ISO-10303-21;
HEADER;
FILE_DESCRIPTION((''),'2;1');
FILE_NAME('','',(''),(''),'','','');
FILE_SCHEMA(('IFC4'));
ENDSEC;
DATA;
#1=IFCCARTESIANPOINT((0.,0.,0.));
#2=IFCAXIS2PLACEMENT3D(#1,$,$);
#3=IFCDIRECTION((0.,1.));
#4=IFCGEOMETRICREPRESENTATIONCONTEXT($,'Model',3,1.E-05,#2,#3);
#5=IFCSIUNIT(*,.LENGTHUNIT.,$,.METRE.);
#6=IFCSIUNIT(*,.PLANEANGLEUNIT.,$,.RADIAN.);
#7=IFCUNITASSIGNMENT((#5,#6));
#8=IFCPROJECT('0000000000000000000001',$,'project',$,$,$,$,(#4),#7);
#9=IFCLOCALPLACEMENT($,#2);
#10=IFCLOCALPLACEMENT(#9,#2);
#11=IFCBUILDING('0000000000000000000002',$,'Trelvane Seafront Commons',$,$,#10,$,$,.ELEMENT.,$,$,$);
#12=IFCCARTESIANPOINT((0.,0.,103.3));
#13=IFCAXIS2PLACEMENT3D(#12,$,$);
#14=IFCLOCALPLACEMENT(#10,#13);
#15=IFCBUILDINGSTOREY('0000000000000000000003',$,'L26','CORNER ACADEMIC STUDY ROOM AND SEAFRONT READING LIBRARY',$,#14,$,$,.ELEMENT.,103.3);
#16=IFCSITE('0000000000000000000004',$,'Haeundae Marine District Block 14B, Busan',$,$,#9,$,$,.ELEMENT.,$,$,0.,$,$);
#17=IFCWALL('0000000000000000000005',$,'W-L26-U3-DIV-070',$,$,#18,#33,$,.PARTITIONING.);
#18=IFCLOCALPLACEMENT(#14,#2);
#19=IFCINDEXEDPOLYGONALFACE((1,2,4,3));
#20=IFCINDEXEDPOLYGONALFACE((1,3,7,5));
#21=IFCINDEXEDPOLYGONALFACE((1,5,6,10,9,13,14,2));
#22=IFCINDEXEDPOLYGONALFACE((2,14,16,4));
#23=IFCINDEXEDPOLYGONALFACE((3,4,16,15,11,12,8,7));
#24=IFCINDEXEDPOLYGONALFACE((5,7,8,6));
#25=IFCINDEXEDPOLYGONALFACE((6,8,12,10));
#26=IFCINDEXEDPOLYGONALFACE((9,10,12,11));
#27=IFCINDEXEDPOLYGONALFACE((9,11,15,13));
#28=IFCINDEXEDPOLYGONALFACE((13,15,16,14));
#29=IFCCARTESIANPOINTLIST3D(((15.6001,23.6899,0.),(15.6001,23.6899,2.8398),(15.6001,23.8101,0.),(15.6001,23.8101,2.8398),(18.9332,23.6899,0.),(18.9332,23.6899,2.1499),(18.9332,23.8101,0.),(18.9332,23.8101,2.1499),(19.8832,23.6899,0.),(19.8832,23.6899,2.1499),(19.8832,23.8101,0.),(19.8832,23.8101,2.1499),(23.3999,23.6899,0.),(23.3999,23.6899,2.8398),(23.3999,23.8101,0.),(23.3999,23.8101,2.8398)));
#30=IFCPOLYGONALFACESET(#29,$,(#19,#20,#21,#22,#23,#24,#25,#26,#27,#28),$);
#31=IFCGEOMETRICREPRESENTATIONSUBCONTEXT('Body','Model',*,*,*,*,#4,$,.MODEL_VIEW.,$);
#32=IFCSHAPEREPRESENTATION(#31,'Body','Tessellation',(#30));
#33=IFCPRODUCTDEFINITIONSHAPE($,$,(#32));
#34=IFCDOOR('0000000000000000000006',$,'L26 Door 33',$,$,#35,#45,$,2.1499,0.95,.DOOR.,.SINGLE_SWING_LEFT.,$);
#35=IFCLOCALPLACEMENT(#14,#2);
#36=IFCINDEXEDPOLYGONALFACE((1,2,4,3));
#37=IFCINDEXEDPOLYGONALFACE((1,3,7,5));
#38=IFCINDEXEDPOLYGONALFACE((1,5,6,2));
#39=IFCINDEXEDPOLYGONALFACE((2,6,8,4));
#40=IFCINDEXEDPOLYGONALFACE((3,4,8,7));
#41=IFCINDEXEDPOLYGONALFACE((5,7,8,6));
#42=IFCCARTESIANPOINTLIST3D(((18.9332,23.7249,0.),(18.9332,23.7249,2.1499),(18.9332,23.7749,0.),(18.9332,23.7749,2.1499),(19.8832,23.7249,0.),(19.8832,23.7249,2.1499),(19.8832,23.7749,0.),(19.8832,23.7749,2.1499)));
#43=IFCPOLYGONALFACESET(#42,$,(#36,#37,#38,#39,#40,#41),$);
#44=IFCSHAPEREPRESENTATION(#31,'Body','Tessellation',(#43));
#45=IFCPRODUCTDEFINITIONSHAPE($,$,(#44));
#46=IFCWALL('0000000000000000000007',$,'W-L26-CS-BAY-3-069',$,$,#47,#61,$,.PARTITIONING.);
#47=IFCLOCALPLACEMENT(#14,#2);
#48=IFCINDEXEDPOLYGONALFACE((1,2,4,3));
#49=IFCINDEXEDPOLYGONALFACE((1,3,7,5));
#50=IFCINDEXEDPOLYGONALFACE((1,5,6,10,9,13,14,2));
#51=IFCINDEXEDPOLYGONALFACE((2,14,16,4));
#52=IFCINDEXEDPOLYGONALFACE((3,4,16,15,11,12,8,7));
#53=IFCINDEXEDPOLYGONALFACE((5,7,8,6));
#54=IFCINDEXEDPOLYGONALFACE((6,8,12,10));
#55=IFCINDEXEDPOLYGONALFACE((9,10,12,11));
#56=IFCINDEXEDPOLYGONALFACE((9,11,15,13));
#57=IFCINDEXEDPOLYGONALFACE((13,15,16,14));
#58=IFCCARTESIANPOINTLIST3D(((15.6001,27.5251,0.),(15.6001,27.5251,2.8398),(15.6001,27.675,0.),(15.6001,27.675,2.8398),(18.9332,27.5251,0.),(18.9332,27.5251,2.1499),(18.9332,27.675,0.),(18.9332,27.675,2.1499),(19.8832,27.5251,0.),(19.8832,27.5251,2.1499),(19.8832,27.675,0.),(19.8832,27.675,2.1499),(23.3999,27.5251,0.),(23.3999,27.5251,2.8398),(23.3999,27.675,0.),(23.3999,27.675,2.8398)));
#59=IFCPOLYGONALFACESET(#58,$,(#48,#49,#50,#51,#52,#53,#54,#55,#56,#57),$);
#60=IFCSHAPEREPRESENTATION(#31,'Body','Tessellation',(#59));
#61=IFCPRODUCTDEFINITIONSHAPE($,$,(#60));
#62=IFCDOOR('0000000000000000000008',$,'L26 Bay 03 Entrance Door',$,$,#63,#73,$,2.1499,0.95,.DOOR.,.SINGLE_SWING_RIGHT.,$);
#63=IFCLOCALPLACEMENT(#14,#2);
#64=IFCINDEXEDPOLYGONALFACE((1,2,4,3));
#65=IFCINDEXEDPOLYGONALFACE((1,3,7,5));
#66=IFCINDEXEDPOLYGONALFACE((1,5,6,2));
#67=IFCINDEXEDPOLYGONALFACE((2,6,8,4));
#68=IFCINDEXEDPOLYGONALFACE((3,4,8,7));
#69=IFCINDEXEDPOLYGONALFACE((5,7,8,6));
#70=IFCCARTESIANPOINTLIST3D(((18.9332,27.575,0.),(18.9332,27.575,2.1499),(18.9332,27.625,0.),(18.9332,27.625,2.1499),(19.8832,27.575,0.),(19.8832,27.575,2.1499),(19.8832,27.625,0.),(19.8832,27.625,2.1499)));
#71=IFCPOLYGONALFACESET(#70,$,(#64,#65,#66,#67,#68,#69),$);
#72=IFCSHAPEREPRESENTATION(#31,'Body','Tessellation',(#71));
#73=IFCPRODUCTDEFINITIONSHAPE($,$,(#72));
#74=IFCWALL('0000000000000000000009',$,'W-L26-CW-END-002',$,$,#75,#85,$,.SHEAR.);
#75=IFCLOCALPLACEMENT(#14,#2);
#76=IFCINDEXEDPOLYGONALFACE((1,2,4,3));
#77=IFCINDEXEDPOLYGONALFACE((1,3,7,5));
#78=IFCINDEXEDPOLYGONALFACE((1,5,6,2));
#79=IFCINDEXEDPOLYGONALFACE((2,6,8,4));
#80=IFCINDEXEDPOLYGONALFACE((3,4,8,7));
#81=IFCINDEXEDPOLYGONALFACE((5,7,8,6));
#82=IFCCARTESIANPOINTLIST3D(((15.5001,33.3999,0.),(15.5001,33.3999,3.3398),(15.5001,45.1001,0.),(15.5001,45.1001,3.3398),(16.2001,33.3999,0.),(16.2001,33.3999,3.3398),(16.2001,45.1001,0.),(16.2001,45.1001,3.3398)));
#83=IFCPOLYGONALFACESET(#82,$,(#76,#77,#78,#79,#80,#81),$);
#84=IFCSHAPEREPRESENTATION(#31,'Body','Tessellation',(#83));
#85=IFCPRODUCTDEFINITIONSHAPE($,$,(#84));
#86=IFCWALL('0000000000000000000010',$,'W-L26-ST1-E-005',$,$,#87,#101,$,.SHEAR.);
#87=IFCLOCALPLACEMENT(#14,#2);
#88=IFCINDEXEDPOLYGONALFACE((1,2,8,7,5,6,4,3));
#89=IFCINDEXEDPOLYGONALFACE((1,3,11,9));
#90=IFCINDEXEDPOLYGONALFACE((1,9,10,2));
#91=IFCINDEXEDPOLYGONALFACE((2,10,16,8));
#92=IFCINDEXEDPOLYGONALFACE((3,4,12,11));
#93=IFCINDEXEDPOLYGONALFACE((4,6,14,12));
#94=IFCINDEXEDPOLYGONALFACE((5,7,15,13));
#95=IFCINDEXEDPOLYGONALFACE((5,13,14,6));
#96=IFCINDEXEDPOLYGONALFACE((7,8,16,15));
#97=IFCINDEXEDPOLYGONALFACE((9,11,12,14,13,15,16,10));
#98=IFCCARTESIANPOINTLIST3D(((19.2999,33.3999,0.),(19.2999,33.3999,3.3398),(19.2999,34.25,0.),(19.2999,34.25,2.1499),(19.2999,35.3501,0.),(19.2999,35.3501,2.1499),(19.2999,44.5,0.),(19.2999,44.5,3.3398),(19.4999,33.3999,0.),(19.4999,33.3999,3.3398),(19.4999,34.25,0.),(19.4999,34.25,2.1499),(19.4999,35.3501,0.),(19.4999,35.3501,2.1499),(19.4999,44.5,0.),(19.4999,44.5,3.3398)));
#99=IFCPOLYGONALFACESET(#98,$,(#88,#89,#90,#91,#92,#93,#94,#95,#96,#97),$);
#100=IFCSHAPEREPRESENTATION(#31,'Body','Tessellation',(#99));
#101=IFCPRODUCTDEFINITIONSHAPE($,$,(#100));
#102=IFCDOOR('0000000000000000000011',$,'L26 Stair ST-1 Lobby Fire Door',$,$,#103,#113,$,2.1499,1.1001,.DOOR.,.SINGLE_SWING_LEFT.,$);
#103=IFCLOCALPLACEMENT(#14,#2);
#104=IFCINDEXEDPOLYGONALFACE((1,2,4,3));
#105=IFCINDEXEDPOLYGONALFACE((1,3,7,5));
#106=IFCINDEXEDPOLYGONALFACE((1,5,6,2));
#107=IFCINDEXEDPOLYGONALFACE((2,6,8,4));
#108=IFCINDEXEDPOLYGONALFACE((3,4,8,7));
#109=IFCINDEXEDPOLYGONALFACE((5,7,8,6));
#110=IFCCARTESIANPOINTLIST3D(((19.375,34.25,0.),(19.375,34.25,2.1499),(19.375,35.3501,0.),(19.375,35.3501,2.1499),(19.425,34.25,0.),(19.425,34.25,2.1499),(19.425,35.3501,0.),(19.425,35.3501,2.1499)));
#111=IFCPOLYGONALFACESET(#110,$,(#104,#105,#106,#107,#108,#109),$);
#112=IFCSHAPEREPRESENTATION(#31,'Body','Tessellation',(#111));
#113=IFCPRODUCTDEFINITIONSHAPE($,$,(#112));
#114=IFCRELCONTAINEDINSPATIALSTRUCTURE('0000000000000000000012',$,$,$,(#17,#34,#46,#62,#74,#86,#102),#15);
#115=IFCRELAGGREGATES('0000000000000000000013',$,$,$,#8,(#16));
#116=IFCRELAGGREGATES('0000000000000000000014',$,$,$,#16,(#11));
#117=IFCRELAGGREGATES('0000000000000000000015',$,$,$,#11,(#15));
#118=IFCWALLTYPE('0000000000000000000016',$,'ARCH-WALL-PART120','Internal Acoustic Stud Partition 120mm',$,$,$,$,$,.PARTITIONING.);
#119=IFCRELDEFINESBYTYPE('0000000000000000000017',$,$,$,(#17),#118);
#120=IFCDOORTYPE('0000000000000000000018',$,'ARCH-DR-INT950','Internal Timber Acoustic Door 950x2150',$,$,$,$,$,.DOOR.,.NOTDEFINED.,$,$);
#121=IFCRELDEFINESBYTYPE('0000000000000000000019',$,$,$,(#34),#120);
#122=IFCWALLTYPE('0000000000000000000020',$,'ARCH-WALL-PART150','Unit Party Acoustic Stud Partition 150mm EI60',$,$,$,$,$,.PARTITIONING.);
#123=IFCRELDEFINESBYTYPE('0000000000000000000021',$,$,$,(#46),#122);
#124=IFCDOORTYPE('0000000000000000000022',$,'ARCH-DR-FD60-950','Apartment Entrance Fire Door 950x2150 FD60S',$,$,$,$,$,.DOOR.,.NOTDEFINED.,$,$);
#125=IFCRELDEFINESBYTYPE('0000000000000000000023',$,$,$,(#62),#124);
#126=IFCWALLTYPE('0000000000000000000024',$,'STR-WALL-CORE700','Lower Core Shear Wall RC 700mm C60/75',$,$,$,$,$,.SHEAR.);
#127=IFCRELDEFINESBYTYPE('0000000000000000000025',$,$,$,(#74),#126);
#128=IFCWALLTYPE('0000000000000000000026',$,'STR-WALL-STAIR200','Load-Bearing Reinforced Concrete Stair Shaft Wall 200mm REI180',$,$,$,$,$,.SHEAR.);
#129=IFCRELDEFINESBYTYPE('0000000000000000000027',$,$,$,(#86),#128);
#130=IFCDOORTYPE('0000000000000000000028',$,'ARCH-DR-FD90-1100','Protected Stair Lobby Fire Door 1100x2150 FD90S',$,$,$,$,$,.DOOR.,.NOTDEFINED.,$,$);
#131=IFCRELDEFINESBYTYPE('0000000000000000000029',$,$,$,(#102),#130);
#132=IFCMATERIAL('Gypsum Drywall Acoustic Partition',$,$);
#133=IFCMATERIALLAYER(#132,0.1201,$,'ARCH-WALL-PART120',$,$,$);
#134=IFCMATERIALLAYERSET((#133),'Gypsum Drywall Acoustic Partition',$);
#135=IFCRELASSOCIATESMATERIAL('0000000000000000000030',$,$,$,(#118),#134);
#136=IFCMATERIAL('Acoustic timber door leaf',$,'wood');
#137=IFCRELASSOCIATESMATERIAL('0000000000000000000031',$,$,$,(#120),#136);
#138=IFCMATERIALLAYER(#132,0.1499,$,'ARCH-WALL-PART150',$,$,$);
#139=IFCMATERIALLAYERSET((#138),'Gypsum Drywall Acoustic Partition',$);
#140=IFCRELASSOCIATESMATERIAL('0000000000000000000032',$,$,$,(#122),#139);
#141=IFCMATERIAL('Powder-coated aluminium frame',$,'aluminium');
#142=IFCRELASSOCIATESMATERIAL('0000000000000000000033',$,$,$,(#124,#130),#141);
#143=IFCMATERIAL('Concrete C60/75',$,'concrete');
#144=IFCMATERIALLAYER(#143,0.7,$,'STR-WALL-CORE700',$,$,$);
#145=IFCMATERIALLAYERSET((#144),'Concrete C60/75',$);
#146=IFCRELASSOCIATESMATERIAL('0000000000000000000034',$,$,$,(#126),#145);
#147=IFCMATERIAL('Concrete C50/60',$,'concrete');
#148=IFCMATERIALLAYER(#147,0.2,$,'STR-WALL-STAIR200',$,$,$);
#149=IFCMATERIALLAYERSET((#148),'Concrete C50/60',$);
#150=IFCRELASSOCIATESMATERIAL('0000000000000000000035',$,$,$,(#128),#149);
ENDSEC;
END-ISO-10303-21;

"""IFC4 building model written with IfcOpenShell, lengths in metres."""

from ifc_helpers import new_model, si_unit, direction, frame, frame_2d, origin, place, context, subcontext, project, spatial, rectangle, extrude, source, transform, mapped, material, layer, layer_set, type_object, element, fill, save


model = new_model("IFC4")

# Units and contexts
model_context = context("Model", 3, precision=1e-05, world=origin(), true_north=direction((0.0, 1.0)))
body_context = subcontext(model_context, "Body", "Model", "MODEL_VIEW")
ifc_project = project(units=[si_unit("LENGTHUNIT", "METRE"), si_unit("PLANEANGLEUNIT", "RADIAN")], contexts=[model_context])

# Site, building, storey
site_placement = place(None, origin())
site = spatial("IfcSite", under=ifc_project, at=site_placement, Name="Haeundae Marine District Block 14B, Busan", CompositionType="ELEMENT", RefElevation=0.0)
building_placement = place(site_placement, origin())
building = spatial("IfcBuilding", under=site, at=building_placement, Name="Trelvane Seafront Commons", CompositionType="ELEMENT")
storey_placement = place(building_placement, frame((0.0, 0.0, 103.3)))
storey = spatial("IfcBuildingStorey", under=building, at=storey_placement, Name="L26", Description="CORNER ACADEMIC STUDY ROOM AND SEAFRONT READING LIBRARY", CompositionType="ELEMENT", Elevation=103.3)

# Shared definitions
ifc_material_1 = material(Name="Concrete C60/75", Category="concrete")

# Shared definitions
ifc_material_2 = material(Name="Gypsum Drywall Acoustic Partition")
ifc_layer_1 = layer(ifc_material_2, 0.1201, Name="ARCH-WALL-PART120")
ifc_layer_set_1 = layer_set([ifc_layer_1], Name="Gypsum Drywall Acoustic Partition")
wall_type_1 = type_object("IfcWallType", Name="ARCH-WALL-PART120", Description="Internal Acoustic Stud Partition 120mm", PredefinedType="PARTITIONING", material=ifc_layer_set_1)
ifc_material_3 = material(Name="Acoustic timber door leaf", Category="wood")
door_type_1 = type_object("IfcDoorType", Name="ARCH-DR-INT950", Description="Internal Timber Acoustic Door 950x2150", OperationType="NOTDEFINED", PredefinedType="DOOR", material=ifc_material_3)
shared_shape_1 = source(origin(), body_context, "Body", "SweptSolid", [
    extrude(rectangle(XDim=0.95, YDim=2.1499, at=frame_2d((0.4751, 1.075))), frame((0.0, 0.0249, 0.0), z_axis=(0.0, -1.0, 0.0), x_axis=(1.0, 0.0, 0.0)), (0.0, 0.0, 1.0), 0.05),
])

# Walls, openings, doors
wall_1_placement = place(storey_placement, frame((15.6001, 23.75, 0.0), z_axis=(0.0, 0.0, 1.0), x_axis=(1.0, 0.0, 0.0)))
wall_1 = element("IfcWall", 1, at=wall_1_placement, inside=storey, type_object=wall_type_1, Name="W-L26-U3-DIV-070", PredefinedType="PARTITIONING", context=body_context, shape_type="SweptSolid", body=[
    extrude(rectangle(XDim=7.7998, YDim=0.1201, at=frame_2d((3.8999, 0.0))), origin(), (0.0, 0.0, 1.0), 2.8398),
])
opening_1_placement = place(wall_1_placement, frame((3.333, 0.0, 0.0)))
opening_1 = element("IfcOpeningElement", 2, at=opening_1_placement, cuts=wall_1, PredefinedType="OPENING", context=body_context, shape_type="SweptSolid", body=[
    extrude(rectangle(XDim=0.95, YDim=2.1499, at=frame_2d((0.4751, 1.075))), frame((0.0, 0.0701, 0.0), z_axis=(0.0, -1.0, 0.0), x_axis=(1.0, 0.0, 0.0)), (0.0, 0.0, 1.0), 0.1401),
])
door_1_placement = place(opening_1_placement, origin())
door_1 = element("IfcDoor", 3, at=door_1_placement, inside=storey, type_object=door_type_1, Name="L26 Door 33", OperationType="SINGLE_SWING_LEFT", OverallHeight=2.1499, OverallWidth=0.95, PredefinedType="DOOR", context=body_context, shape_type="MappedRepresentation", body=[
    mapped(shared_shape_1, transform((0.0, 0.0, 0.0), x_axis=(1.0, 0.0, 0.0), y_axis=(0.0, 1.0, 0.0), z_axis=(0.0, 0.0, 1.0), scale=1.0)),
])
fill(opening_1, door_1)
ifc_layer_2 = layer(ifc_material_2, 0.1499, Name="ARCH-WALL-PART150")
ifc_layer_set_2 = layer_set([ifc_layer_2], Name="Gypsum Drywall Acoustic Partition")
wall_type_2 = type_object("IfcWallType", Name="ARCH-WALL-PART150", Description="Unit Party Acoustic Stud Partition 150mm EI60", PredefinedType="PARTITIONING", material=ifc_layer_set_2)
wall_2_placement = place(storey_placement, frame((15.6001, 27.6001, 0.0), z_axis=(0.0, 0.0, 1.0), x_axis=(1.0, 0.0, 0.0)))
wall_2 = element("IfcWall", 4, at=wall_2_placement, inside=storey, type_object=wall_type_2, Name="W-L26-CS-BAY-3-069", PredefinedType="PARTITIONING", context=body_context, shape_type="SweptSolid", body=[
    extrude(rectangle(XDim=7.7998, YDim=0.1499, at=frame_2d((3.8999, 0.0))), origin(), (0.0, 0.0, 1.0), 2.8398),
])
opening_2_placement = place(wall_2_placement, frame((3.333, 0.0, 0.0)))
opening_2 = element("IfcOpeningElement", 5, at=opening_2_placement, cuts=wall_2, PredefinedType="OPENING", context=body_context, shape_type="SweptSolid", body=[
    extrude(rectangle(XDim=0.95, YDim=2.1499, at=frame_2d((0.4751, 1.075))), frame((0.0, 0.085, 0.0), z_axis=(0.0, -1.0, 0.0), x_axis=(1.0, 0.0, 0.0)), (0.0, 0.0, 1.0), 0.1699),
])
ifc_material_4 = material(Name="Powder-coated aluminium frame", Category="aluminium")
door_type_2 = type_object("IfcDoorType", Name="ARCH-DR-FD60-950", Description="Apartment Entrance Fire Door 950x2150 FD60S", OperationType="NOTDEFINED", PredefinedType="DOOR", material=ifc_material_4)
door_2_placement = place(opening_2_placement, origin())
door_2 = element("IfcDoor", 6, at=door_2_placement, inside=storey, type_object=door_type_2, Name="L26 Bay 03 Entrance Door", OperationType="SINGLE_SWING_RIGHT", OverallHeight=2.1499, OverallWidth=0.95, PredefinedType="DOOR", context=body_context, shape_type="MappedRepresentation", body=[
    mapped(shared_shape_1, transform((0.0, 0.0, 0.0), x_axis=(1.0, 0.0, 0.0), y_axis=(0.0, 1.0, 0.0), z_axis=(0.0, 0.0, 1.0), scale=1.0)),
])
fill(opening_2, door_2)

# Wall
ifc_layer_3 = layer(ifc_material_1, 0.7, Name="STR-WALL-CORE700")
ifc_layer_set_3 = layer_set([ifc_layer_3], Name="Concrete C60/75")
wall_type_3 = type_object("IfcWallType", Name="STR-WALL-CORE700", Description="Lower Core Shear Wall RC 700mm C60/75", PredefinedType="SHEAR", material=ifc_layer_set_3)
wall_3_placement = place(storey_placement, frame((15.8501, 33.3999, 0.0), z_axis=(0.0, 0.0, 1.0), x_axis=(0.0, 1.0, 0.0)))
element("IfcWall", 7, at=wall_3_placement, inside=storey, type_object=wall_type_3, Name="W-L26-CW-END-002", PredefinedType="SHEAR", context=body_context, shape_type="SweptSolid", body=[
    extrude(rectangle(XDim=11.7002, YDim=0.7, at=frame_2d((5.8501, 0.0))), origin(), (0.0, 0.0, 1.0), 3.3398),
])

# Wall, opening, door
ifc_material_5 = material(Name="Concrete C50/60", Category="concrete")
ifc_layer_4 = layer(ifc_material_5, 0.2, Name="STR-WALL-STAIR200")
ifc_layer_set_4 = layer_set([ifc_layer_4], Name="Concrete C50/60")
wall_type_4 = type_object("IfcWallType", Name="STR-WALL-STAIR200", Description="Load-Bearing Reinforced Concrete Stair Shaft Wall 200mm REI180", PredefinedType="SHEAR", material=ifc_layer_set_4)
wall_4_placement = place(storey_placement, frame((19.3999, 33.3999, 0.0), z_axis=(0.0, 0.0, 1.0), x_axis=(0.0, 1.0, 0.0)))
wall_4 = element("IfcWall", 8, at=wall_4_placement, inside=storey, type_object=wall_type_4, Name="W-L26-ST1-E-005", PredefinedType="SHEAR", context=body_context, shape_type="SweptSolid", body=[
    extrude(rectangle(XDim=11.1001, YDim=0.2, at=frame_2d((5.55, 0.0))), origin(), (0.0, 0.0, 1.0), 3.3398),
])
opening_3_placement = place(wall_4_placement, frame((0.8501, 0.0, 0.0)))
opening_3 = element("IfcOpeningElement", 9, at=opening_3_placement, cuts=wall_4, PredefinedType="OPENING", context=body_context, shape_type="SweptSolid", body=[
    extrude(rectangle(XDim=1.1001, YDim=2.1499, at=frame_2d((0.55, 1.075))), frame((0.0, 0.1099, 0.0), z_axis=(0.0, -1.0, 0.0), x_axis=(1.0, 0.0, 0.0)), (0.0, 0.0, 1.0), 0.22),
])
door_type_3 = type_object("IfcDoorType", Name="ARCH-DR-FD90-1100", Description="Protected Stair Lobby Fire Door 1100x2150 FD90S", OperationType="NOTDEFINED", PredefinedType="DOOR", material=ifc_material_4)
shared_shape_2 = source(origin(), body_context, "Body", "SweptSolid", [
    extrude(rectangle(XDim=1.1001, YDim=2.1499, at=frame_2d((0.55, 1.075))), frame((0.0, 0.0249, 0.0), z_axis=(0.0, -1.0, 0.0), x_axis=(1.0, 0.0, 0.0)), (0.0, 0.0, 1.0), 0.05),
])
door_3_placement = place(opening_3_placement, origin())
door_3 = element("IfcDoor", 10, at=door_3_placement, inside=storey, type_object=door_type_3, Name="L26 Stair ST-1 Lobby Fire Door", OperationType="SINGLE_SWING_LEFT", OverallHeight=2.1499, OverallWidth=1.1001, PredefinedType="DOOR", context=body_context, shape_type="MappedRepresentation", body=[
    mapped(shared_shape_2, transform((0.0, 0.0, 0.0), x_axis=(1.0, 0.0, 0.0), y_axis=(0.0, 1.0, 0.0), z_axis=(0.0, 0.0, 1.0), scale=1.0)),
])
fill(opening_3, door_3)

save(model, "model.ifc")
